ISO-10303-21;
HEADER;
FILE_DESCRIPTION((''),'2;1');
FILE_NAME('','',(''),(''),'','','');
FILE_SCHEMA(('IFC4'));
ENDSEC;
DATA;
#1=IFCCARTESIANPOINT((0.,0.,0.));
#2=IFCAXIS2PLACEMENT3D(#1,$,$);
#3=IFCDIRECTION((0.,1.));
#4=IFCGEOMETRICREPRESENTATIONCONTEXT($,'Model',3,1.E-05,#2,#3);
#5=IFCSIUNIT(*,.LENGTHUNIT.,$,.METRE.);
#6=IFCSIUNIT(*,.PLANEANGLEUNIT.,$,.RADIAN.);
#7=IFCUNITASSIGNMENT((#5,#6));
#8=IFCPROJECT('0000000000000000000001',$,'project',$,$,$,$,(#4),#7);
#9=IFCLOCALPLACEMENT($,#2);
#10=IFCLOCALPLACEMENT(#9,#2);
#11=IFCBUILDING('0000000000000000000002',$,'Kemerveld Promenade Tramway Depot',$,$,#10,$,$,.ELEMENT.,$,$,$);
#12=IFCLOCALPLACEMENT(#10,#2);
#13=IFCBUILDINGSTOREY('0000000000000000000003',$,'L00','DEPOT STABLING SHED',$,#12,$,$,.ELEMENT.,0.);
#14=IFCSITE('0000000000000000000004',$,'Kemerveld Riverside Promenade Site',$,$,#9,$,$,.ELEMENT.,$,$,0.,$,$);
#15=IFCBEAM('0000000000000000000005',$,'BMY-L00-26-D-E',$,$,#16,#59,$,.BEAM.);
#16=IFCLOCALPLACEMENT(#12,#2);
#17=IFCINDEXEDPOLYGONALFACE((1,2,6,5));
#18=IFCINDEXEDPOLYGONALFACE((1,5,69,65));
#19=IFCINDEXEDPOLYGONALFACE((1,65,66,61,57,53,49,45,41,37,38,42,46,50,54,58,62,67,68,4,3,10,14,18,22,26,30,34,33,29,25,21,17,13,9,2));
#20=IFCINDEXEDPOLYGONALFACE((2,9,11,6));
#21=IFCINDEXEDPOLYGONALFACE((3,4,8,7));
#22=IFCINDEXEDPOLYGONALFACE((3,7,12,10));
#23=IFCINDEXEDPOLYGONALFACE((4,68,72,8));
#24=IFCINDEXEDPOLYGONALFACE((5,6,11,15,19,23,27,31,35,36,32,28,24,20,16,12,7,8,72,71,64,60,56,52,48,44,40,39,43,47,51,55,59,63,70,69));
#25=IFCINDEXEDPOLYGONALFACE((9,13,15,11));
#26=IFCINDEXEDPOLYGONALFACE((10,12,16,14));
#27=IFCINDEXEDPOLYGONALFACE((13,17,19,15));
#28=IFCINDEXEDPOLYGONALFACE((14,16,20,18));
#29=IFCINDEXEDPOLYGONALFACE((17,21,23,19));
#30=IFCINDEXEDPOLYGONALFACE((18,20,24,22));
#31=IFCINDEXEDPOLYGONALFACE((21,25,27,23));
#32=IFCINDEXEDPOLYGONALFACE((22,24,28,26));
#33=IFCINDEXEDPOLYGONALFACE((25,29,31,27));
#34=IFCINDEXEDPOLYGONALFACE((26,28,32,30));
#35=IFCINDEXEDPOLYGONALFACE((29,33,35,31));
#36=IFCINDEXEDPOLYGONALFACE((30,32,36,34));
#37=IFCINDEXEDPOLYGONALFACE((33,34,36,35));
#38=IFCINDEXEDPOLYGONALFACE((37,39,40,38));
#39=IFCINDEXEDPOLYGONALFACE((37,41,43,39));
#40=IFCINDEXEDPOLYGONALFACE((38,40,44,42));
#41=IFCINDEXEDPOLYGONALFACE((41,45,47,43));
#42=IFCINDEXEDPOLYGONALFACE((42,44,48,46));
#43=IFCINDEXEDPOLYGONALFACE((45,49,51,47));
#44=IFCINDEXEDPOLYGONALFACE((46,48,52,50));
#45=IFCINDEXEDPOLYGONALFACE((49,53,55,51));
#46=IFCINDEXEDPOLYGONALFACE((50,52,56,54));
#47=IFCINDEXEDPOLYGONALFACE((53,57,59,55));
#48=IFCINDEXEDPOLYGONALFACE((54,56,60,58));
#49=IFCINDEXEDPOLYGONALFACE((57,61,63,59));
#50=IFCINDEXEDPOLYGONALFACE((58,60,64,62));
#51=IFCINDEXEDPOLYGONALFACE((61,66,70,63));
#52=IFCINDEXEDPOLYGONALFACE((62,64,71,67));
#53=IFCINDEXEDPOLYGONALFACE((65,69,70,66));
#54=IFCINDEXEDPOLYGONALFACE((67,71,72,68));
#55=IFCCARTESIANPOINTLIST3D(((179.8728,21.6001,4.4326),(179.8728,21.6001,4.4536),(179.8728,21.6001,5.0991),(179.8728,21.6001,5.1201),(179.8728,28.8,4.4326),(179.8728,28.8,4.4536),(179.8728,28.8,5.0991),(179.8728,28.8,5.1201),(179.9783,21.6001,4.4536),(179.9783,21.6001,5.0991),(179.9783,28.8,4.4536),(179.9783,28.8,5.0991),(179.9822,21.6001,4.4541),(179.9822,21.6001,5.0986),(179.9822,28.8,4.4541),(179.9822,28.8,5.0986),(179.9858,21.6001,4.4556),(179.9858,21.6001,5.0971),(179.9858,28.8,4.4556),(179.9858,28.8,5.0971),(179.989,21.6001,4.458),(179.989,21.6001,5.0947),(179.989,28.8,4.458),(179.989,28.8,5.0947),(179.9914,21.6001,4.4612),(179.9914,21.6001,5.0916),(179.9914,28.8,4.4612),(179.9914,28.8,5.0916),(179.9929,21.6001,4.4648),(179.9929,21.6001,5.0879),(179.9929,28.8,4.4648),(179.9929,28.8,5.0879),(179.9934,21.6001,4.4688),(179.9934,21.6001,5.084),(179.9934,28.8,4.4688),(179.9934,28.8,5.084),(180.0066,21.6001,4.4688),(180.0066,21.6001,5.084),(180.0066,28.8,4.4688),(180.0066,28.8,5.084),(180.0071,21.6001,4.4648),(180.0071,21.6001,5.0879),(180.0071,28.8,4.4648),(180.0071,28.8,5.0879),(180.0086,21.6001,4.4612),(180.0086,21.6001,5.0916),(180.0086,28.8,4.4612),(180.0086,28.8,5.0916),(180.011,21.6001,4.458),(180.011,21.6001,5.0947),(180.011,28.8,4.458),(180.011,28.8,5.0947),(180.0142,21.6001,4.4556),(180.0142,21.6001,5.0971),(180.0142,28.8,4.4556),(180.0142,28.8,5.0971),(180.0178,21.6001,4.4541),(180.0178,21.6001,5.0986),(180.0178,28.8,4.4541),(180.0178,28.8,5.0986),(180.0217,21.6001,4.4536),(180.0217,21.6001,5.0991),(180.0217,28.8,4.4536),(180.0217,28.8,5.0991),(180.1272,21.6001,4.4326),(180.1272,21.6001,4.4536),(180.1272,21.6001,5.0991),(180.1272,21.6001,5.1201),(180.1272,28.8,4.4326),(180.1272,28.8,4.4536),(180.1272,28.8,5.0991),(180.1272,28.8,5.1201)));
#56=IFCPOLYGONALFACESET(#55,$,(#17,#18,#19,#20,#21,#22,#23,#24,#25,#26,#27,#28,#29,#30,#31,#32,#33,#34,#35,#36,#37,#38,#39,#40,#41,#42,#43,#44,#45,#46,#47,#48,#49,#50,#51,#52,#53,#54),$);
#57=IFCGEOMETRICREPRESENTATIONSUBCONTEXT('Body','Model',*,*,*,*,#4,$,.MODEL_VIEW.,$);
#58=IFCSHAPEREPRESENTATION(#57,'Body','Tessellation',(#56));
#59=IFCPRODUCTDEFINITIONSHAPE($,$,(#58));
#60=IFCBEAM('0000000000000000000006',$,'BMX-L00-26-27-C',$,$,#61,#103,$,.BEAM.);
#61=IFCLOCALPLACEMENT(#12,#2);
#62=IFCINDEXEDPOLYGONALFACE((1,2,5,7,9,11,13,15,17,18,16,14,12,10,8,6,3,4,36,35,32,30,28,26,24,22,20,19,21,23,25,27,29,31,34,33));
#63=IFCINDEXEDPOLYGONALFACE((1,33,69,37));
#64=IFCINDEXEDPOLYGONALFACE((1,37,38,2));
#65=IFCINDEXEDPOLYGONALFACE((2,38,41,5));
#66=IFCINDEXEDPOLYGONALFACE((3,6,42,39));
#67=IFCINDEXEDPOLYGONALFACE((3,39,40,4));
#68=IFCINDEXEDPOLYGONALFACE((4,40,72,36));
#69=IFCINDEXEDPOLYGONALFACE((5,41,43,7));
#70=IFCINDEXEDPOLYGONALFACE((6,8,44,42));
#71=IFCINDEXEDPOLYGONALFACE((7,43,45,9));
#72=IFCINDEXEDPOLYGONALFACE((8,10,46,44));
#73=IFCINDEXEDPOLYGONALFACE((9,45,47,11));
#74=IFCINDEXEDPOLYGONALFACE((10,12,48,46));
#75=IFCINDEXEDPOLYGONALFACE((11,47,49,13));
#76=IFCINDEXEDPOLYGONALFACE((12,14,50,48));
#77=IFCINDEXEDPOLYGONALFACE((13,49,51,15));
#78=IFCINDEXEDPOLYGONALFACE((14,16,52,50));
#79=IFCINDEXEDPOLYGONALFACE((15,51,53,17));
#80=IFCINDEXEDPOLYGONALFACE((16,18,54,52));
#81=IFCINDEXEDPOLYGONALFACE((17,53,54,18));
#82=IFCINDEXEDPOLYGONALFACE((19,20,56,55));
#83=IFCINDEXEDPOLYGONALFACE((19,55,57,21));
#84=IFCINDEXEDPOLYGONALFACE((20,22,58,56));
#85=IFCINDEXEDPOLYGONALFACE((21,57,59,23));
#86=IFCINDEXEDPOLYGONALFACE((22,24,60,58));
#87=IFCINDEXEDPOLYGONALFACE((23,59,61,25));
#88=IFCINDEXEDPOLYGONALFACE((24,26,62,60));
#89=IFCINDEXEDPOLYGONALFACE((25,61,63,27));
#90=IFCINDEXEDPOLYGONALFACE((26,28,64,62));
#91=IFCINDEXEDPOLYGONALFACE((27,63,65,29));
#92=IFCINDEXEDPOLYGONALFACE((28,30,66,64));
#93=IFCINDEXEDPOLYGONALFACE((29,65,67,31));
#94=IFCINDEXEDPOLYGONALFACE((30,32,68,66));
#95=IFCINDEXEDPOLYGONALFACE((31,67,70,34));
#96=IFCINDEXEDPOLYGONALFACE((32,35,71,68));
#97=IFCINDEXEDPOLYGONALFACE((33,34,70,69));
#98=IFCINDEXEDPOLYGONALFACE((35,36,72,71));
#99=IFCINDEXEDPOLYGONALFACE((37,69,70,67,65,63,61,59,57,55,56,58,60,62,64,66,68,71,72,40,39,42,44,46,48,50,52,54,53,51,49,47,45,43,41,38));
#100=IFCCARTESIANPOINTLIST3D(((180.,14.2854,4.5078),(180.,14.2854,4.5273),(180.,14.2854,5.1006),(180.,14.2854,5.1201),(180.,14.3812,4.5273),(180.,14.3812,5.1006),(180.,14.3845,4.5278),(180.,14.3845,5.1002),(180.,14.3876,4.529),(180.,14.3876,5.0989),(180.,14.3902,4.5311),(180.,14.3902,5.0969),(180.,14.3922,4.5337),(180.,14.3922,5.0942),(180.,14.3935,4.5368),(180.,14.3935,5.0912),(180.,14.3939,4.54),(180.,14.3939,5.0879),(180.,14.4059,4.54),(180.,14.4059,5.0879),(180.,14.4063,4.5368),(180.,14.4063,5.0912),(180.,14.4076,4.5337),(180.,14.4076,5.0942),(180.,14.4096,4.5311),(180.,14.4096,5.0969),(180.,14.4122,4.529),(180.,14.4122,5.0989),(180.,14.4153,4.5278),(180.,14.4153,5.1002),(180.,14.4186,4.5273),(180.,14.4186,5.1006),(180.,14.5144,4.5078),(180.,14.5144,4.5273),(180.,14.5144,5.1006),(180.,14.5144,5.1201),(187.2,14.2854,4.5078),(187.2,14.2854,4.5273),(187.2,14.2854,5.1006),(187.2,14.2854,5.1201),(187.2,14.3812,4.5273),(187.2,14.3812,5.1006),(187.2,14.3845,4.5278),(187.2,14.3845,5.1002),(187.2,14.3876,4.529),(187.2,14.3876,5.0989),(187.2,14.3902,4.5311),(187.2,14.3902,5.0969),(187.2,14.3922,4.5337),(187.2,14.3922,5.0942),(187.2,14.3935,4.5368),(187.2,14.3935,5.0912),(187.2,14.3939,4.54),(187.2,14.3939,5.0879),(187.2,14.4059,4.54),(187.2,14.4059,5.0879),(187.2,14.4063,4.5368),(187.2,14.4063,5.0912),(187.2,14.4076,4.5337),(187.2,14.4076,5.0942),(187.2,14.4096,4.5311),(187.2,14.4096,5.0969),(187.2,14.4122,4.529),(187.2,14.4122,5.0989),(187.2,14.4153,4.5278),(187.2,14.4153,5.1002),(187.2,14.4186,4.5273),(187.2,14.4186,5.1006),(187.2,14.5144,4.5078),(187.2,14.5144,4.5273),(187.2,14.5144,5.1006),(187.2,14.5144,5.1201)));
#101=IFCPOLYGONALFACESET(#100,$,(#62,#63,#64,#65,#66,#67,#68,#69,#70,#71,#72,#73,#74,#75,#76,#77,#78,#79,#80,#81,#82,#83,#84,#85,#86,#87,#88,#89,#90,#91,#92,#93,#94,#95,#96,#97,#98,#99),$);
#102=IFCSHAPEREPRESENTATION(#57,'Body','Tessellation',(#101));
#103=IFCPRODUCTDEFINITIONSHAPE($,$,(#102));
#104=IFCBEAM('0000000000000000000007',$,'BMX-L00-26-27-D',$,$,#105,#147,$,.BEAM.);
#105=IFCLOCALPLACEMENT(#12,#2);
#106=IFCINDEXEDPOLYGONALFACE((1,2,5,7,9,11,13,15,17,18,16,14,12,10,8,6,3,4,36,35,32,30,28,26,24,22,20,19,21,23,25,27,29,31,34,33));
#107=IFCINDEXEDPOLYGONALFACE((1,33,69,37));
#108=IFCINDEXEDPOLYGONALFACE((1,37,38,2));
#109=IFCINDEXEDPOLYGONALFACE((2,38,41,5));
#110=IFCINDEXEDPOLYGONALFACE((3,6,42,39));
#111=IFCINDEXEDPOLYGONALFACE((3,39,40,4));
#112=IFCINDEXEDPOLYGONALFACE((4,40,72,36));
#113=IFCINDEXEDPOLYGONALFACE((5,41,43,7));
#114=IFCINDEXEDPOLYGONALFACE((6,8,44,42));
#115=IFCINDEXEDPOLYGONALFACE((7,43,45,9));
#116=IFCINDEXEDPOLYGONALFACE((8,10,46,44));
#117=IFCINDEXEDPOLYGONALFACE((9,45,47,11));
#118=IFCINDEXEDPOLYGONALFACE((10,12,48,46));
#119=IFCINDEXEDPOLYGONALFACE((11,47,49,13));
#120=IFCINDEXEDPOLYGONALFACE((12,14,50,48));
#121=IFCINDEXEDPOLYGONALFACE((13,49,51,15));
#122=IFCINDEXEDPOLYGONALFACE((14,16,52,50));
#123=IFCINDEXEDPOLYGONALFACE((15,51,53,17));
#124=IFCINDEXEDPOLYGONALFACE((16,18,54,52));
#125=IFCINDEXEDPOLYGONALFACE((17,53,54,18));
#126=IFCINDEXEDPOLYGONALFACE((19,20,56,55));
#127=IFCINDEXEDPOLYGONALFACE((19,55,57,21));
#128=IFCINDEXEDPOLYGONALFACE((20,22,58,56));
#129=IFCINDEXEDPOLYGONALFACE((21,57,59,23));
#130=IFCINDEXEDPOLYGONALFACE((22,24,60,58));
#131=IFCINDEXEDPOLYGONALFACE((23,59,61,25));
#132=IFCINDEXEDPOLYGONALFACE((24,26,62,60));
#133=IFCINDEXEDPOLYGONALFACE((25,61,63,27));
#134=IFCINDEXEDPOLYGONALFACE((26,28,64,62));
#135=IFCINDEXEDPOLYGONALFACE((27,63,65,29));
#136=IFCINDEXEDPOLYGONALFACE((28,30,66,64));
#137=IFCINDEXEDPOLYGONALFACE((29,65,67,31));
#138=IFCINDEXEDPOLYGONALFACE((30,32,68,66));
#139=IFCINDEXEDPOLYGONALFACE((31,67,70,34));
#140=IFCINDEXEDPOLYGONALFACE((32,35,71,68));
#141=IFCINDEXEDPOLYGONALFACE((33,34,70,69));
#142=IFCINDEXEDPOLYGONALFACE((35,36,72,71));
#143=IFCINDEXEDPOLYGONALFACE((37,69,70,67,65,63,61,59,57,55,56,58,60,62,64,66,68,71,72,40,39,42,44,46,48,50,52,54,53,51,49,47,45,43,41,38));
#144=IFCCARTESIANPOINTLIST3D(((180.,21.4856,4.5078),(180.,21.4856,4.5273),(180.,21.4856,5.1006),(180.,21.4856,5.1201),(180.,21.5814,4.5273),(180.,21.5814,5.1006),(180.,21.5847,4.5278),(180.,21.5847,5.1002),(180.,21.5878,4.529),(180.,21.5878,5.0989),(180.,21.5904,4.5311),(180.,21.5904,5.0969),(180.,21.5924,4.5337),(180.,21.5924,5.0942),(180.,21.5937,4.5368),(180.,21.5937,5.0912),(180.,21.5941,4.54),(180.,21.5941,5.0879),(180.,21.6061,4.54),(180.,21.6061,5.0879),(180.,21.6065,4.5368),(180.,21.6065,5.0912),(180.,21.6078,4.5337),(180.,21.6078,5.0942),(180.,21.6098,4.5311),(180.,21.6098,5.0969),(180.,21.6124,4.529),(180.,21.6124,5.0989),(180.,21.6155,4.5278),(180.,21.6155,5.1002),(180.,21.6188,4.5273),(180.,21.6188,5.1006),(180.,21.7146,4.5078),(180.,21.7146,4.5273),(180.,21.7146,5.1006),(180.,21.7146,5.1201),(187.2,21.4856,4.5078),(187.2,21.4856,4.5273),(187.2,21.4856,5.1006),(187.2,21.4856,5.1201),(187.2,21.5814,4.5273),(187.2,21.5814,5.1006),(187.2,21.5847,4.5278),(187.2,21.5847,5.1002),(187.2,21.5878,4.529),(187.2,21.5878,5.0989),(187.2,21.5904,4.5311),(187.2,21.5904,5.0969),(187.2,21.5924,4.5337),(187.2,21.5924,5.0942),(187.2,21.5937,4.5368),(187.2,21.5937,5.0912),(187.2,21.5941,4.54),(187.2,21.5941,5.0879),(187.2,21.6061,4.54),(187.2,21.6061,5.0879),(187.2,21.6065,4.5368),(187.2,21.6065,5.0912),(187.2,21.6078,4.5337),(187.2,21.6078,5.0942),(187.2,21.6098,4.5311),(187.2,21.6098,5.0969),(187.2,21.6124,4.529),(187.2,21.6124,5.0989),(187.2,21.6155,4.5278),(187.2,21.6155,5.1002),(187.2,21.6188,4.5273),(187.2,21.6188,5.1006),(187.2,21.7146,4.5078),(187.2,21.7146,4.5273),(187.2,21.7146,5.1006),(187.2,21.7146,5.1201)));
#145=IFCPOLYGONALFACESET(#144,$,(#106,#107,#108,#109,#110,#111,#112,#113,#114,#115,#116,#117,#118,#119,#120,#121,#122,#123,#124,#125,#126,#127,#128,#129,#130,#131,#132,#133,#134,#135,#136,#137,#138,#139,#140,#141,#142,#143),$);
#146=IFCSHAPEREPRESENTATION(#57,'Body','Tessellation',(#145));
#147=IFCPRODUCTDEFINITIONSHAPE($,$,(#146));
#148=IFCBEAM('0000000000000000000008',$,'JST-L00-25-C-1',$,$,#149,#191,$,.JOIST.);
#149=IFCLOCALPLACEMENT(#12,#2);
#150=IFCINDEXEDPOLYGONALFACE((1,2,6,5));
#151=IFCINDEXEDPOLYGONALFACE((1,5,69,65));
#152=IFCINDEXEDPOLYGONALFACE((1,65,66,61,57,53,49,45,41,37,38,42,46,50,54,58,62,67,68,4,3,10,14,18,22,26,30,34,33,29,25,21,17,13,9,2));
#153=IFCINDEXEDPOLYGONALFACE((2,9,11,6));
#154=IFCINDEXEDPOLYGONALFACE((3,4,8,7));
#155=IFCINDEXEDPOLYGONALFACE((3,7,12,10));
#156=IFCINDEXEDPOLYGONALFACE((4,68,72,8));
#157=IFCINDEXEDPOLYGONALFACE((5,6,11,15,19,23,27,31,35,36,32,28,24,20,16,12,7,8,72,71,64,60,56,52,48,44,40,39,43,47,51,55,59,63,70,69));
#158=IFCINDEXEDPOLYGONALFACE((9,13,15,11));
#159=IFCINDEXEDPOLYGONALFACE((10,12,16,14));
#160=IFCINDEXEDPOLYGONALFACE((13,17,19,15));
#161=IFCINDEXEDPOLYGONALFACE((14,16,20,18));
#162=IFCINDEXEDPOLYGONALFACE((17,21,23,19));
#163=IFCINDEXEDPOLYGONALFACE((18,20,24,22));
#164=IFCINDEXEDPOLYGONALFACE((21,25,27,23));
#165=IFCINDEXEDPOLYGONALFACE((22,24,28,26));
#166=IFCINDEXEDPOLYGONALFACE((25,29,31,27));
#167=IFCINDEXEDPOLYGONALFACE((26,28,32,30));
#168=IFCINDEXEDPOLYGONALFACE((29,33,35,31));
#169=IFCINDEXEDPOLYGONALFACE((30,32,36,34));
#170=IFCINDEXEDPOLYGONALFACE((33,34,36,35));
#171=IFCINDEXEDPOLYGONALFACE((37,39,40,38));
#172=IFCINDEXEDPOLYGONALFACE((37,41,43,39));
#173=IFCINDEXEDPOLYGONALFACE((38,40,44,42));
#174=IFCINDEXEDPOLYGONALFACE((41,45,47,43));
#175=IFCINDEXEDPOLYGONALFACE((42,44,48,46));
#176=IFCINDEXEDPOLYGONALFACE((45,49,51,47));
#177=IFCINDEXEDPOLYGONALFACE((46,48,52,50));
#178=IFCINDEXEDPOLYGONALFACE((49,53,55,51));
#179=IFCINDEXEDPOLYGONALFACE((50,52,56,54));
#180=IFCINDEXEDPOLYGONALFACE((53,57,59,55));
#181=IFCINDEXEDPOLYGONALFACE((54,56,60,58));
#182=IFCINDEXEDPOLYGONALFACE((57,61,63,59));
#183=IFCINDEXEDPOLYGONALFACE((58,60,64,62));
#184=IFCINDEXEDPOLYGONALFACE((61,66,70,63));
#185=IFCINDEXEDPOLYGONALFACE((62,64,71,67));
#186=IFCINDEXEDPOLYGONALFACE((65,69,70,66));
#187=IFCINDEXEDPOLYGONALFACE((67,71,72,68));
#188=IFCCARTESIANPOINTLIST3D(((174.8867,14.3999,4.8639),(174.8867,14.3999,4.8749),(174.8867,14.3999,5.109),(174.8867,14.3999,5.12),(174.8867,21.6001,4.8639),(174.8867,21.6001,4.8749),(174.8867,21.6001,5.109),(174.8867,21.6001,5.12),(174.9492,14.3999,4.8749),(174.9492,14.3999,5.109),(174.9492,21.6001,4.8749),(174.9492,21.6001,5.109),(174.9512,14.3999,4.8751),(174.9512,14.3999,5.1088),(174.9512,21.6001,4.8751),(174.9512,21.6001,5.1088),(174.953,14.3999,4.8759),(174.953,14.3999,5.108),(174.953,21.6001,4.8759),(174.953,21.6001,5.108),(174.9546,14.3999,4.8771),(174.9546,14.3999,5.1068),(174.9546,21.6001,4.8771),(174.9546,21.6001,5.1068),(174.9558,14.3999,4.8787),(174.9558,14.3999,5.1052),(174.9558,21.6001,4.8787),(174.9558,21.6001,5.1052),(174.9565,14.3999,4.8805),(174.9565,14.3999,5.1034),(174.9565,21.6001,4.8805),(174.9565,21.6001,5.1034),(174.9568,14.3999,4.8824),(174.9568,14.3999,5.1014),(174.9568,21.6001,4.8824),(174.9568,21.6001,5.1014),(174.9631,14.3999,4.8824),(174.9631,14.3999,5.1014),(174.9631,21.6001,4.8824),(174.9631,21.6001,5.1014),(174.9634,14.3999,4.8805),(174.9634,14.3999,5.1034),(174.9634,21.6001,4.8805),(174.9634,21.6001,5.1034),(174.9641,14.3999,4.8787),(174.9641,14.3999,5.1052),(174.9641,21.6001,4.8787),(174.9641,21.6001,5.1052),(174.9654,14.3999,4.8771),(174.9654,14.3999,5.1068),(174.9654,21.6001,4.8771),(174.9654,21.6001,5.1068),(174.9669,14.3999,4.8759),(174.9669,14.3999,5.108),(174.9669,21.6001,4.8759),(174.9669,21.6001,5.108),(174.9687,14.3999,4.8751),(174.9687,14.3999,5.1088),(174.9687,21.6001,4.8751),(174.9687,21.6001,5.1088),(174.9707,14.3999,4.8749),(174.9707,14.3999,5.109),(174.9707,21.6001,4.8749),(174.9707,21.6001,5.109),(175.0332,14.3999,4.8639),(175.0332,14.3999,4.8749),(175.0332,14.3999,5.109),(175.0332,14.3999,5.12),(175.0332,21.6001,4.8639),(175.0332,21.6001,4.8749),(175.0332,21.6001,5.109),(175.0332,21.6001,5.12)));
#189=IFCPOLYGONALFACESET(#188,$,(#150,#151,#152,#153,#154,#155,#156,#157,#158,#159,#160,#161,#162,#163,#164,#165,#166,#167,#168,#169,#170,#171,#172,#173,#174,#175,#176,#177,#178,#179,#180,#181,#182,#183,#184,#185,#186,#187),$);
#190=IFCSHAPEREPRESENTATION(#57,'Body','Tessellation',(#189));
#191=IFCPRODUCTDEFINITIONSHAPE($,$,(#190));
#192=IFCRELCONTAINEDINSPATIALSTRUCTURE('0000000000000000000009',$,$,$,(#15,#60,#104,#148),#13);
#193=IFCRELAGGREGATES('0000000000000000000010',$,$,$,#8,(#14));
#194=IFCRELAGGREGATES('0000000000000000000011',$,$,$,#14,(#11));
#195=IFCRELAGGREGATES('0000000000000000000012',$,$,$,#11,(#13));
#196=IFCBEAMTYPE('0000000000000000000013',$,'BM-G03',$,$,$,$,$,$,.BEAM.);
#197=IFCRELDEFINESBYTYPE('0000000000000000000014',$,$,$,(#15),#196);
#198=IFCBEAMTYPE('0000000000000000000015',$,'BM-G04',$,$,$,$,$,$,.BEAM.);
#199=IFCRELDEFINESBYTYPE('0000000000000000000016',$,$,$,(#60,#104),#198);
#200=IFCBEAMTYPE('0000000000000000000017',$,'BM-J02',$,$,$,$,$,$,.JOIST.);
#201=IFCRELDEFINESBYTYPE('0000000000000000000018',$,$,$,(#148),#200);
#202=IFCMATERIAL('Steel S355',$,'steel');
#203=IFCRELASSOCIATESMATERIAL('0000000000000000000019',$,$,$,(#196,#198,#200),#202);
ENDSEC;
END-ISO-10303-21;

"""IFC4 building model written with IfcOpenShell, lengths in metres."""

from ifc_helpers import new_model, si_unit, direction, frame, origin, origin_2d, place, context, subcontext, project, spatial, i_section, extrude, material, material_profile, profile_set, type_object, element, save


model = new_model("IFC4")

# Units and contexts
model_context = context("Model", 3, precision=1e-05, world=origin(), true_north=direction((0.0, 1.0)))
body_context = subcontext(model_context, "Body", "Model", "MODEL_VIEW")
ifc_project = project(units=[si_unit("LENGTHUNIT", "METRE"), si_unit("PLANEANGLEUNIT", "RADIAN")], contexts=[model_context])

# Site, building, storey
site_placement = place(None, origin())
site = spatial("IfcSite", under=ifc_project, at=site_placement, Name="Kemerveld Riverside Promenade Site", CompositionType="ELEMENT", RefElevation=0.0)
building_placement = place(site_placement, origin())
building = spatial("IfcBuilding", under=site, at=building_placement, Name="Kemerveld Promenade Tramway Depot", CompositionType="ELEMENT")
storey_placement = place(building_placement, origin())
storey = spatial("IfcBuildingStorey", under=building, at=storey_placement, Name="L00", Description="DEPOT STABLING SHED", CompositionType="ELEMENT", Elevation=0.0)

# Shared definitions
ifc_material_1 = material(Name="Steel S355", Category="steel")

# Beams
ifc_material_profile_1 = material_profile(ifc_material_1, i_section(OverallWidth=0.2544, OverallDepth=0.6875, WebThickness=0.0132, FlangeThickness=0.021, FilletRadius=0.0151, at=origin_2d()), Name="686x254x152 UB")
ifc_profile_set_1 = profile_set([ifc_material_profile_1], Name="Steel S355")
beam_type_1 = type_object("IfcBeamType", Name="BM-G03", PredefinedType="BEAM", material=ifc_profile_set_1)
beam_1_placement = place(storey_placement, frame((180.0, 21.6001, 4.7764), z_axis=(0.0, 1.0, 0.0), x_axis=(-1.0, 0.0, 0.0)))
element("IfcBeam", 1, at=beam_1_placement, inside=storey, type_object=beam_type_1, Name="BMY-L00-26-D-E", PredefinedType="BEAM", context=body_context, shape_type="SweptSolid", body=[
    extrude(i_section(OverallWidth=0.2544, OverallDepth=0.6875, WebThickness=0.0132, FlangeThickness=0.021, FilletRadius=0.0151, at=origin_2d()), origin(), (0.0, 0.0, 1.0), 7.2),
])
ifc_material_profile_2 = material_profile(ifc_material_1, i_section(OverallWidth=0.229, OverallDepth=0.6123, WebThickness=0.012, FlangeThickness=0.0195, FilletRadius=0.0127, at=origin_2d()), Name="610x229x125 UB")
ifc_profile_set_2 = profile_set([ifc_material_profile_2], Name="Steel S355")
beam_type_2 = type_object("IfcBeamType", Name="BM-G04", PredefinedType="BEAM", material=ifc_profile_set_2)
for number, where, z_axis, x_axis, name in (
    (2, (180.0, 14.3999, 4.814), (1.0, 0.0, 0.0), (0.0, 1.0, 0.0), "BMX-L00-26-27-C"),
    (3, (180.0, 21.6001, 4.814), (1.0, 0.0, 0.0), (0.0, 1.0, 0.0), "BMX-L00-26-27-D"),
):
    element("IfcBeam", number, at=place(storey_placement, frame(where, z_axis=z_axis, x_axis=x_axis)), inside=storey, type_object=beam_type_2, Name=name, PredefinedType="BEAM", context=body_context, shape_type="SweptSolid", body=[
        extrude(i_section(OverallWidth=0.229, OverallDepth=0.6123, WebThickness=0.012, FlangeThickness=0.0195, FilletRadius=0.0127, at=origin_2d()), origin(), (0.0, 0.0, 1.0), 7.2),
    ])
ifc_material_profile_3 = material_profile(ifc_material_1, i_section(OverallWidth=0.1465, OverallDepth=0.2561, WebThickness=0.0063, FlangeThickness=0.011, FilletRadius=0.0076, at=origin_2d()), Name="254x146x37 UB")
ifc_profile_set_3 = profile_set([ifc_material_profile_3], Name="Steel S355")
beam_type_3 = type_object("IfcBeamType", Name="BM-J02", PredefinedType="JOIST", material=ifc_profile_set_3)
for number, where, z_axis, x_axis, name in (
    (4, (174.96, 14.3999, 4.9919), (0.0, 1.0, 0.0), (-1.0, 0.0, 0.0), "JST-L00-25-C-1"),
):
    element("IfcBeam", number, at=place(storey_placement, frame(where, z_axis=z_axis, x_axis=x_axis)), inside=storey, type_object=beam_type_3, Name=name, PredefinedType="JOIST", context=body_context, shape_type="SweptSolid", body=[
        extrude(i_section(OverallWidth=0.1465, OverallDepth=0.2561, WebThickness=0.0063, FlangeThickness=0.011, FilletRadius=0.0076, at=origin_2d()), origin(), (0.0, 0.0, 1.0), 7.2002),
    ])

save(model, "model.ifc")
